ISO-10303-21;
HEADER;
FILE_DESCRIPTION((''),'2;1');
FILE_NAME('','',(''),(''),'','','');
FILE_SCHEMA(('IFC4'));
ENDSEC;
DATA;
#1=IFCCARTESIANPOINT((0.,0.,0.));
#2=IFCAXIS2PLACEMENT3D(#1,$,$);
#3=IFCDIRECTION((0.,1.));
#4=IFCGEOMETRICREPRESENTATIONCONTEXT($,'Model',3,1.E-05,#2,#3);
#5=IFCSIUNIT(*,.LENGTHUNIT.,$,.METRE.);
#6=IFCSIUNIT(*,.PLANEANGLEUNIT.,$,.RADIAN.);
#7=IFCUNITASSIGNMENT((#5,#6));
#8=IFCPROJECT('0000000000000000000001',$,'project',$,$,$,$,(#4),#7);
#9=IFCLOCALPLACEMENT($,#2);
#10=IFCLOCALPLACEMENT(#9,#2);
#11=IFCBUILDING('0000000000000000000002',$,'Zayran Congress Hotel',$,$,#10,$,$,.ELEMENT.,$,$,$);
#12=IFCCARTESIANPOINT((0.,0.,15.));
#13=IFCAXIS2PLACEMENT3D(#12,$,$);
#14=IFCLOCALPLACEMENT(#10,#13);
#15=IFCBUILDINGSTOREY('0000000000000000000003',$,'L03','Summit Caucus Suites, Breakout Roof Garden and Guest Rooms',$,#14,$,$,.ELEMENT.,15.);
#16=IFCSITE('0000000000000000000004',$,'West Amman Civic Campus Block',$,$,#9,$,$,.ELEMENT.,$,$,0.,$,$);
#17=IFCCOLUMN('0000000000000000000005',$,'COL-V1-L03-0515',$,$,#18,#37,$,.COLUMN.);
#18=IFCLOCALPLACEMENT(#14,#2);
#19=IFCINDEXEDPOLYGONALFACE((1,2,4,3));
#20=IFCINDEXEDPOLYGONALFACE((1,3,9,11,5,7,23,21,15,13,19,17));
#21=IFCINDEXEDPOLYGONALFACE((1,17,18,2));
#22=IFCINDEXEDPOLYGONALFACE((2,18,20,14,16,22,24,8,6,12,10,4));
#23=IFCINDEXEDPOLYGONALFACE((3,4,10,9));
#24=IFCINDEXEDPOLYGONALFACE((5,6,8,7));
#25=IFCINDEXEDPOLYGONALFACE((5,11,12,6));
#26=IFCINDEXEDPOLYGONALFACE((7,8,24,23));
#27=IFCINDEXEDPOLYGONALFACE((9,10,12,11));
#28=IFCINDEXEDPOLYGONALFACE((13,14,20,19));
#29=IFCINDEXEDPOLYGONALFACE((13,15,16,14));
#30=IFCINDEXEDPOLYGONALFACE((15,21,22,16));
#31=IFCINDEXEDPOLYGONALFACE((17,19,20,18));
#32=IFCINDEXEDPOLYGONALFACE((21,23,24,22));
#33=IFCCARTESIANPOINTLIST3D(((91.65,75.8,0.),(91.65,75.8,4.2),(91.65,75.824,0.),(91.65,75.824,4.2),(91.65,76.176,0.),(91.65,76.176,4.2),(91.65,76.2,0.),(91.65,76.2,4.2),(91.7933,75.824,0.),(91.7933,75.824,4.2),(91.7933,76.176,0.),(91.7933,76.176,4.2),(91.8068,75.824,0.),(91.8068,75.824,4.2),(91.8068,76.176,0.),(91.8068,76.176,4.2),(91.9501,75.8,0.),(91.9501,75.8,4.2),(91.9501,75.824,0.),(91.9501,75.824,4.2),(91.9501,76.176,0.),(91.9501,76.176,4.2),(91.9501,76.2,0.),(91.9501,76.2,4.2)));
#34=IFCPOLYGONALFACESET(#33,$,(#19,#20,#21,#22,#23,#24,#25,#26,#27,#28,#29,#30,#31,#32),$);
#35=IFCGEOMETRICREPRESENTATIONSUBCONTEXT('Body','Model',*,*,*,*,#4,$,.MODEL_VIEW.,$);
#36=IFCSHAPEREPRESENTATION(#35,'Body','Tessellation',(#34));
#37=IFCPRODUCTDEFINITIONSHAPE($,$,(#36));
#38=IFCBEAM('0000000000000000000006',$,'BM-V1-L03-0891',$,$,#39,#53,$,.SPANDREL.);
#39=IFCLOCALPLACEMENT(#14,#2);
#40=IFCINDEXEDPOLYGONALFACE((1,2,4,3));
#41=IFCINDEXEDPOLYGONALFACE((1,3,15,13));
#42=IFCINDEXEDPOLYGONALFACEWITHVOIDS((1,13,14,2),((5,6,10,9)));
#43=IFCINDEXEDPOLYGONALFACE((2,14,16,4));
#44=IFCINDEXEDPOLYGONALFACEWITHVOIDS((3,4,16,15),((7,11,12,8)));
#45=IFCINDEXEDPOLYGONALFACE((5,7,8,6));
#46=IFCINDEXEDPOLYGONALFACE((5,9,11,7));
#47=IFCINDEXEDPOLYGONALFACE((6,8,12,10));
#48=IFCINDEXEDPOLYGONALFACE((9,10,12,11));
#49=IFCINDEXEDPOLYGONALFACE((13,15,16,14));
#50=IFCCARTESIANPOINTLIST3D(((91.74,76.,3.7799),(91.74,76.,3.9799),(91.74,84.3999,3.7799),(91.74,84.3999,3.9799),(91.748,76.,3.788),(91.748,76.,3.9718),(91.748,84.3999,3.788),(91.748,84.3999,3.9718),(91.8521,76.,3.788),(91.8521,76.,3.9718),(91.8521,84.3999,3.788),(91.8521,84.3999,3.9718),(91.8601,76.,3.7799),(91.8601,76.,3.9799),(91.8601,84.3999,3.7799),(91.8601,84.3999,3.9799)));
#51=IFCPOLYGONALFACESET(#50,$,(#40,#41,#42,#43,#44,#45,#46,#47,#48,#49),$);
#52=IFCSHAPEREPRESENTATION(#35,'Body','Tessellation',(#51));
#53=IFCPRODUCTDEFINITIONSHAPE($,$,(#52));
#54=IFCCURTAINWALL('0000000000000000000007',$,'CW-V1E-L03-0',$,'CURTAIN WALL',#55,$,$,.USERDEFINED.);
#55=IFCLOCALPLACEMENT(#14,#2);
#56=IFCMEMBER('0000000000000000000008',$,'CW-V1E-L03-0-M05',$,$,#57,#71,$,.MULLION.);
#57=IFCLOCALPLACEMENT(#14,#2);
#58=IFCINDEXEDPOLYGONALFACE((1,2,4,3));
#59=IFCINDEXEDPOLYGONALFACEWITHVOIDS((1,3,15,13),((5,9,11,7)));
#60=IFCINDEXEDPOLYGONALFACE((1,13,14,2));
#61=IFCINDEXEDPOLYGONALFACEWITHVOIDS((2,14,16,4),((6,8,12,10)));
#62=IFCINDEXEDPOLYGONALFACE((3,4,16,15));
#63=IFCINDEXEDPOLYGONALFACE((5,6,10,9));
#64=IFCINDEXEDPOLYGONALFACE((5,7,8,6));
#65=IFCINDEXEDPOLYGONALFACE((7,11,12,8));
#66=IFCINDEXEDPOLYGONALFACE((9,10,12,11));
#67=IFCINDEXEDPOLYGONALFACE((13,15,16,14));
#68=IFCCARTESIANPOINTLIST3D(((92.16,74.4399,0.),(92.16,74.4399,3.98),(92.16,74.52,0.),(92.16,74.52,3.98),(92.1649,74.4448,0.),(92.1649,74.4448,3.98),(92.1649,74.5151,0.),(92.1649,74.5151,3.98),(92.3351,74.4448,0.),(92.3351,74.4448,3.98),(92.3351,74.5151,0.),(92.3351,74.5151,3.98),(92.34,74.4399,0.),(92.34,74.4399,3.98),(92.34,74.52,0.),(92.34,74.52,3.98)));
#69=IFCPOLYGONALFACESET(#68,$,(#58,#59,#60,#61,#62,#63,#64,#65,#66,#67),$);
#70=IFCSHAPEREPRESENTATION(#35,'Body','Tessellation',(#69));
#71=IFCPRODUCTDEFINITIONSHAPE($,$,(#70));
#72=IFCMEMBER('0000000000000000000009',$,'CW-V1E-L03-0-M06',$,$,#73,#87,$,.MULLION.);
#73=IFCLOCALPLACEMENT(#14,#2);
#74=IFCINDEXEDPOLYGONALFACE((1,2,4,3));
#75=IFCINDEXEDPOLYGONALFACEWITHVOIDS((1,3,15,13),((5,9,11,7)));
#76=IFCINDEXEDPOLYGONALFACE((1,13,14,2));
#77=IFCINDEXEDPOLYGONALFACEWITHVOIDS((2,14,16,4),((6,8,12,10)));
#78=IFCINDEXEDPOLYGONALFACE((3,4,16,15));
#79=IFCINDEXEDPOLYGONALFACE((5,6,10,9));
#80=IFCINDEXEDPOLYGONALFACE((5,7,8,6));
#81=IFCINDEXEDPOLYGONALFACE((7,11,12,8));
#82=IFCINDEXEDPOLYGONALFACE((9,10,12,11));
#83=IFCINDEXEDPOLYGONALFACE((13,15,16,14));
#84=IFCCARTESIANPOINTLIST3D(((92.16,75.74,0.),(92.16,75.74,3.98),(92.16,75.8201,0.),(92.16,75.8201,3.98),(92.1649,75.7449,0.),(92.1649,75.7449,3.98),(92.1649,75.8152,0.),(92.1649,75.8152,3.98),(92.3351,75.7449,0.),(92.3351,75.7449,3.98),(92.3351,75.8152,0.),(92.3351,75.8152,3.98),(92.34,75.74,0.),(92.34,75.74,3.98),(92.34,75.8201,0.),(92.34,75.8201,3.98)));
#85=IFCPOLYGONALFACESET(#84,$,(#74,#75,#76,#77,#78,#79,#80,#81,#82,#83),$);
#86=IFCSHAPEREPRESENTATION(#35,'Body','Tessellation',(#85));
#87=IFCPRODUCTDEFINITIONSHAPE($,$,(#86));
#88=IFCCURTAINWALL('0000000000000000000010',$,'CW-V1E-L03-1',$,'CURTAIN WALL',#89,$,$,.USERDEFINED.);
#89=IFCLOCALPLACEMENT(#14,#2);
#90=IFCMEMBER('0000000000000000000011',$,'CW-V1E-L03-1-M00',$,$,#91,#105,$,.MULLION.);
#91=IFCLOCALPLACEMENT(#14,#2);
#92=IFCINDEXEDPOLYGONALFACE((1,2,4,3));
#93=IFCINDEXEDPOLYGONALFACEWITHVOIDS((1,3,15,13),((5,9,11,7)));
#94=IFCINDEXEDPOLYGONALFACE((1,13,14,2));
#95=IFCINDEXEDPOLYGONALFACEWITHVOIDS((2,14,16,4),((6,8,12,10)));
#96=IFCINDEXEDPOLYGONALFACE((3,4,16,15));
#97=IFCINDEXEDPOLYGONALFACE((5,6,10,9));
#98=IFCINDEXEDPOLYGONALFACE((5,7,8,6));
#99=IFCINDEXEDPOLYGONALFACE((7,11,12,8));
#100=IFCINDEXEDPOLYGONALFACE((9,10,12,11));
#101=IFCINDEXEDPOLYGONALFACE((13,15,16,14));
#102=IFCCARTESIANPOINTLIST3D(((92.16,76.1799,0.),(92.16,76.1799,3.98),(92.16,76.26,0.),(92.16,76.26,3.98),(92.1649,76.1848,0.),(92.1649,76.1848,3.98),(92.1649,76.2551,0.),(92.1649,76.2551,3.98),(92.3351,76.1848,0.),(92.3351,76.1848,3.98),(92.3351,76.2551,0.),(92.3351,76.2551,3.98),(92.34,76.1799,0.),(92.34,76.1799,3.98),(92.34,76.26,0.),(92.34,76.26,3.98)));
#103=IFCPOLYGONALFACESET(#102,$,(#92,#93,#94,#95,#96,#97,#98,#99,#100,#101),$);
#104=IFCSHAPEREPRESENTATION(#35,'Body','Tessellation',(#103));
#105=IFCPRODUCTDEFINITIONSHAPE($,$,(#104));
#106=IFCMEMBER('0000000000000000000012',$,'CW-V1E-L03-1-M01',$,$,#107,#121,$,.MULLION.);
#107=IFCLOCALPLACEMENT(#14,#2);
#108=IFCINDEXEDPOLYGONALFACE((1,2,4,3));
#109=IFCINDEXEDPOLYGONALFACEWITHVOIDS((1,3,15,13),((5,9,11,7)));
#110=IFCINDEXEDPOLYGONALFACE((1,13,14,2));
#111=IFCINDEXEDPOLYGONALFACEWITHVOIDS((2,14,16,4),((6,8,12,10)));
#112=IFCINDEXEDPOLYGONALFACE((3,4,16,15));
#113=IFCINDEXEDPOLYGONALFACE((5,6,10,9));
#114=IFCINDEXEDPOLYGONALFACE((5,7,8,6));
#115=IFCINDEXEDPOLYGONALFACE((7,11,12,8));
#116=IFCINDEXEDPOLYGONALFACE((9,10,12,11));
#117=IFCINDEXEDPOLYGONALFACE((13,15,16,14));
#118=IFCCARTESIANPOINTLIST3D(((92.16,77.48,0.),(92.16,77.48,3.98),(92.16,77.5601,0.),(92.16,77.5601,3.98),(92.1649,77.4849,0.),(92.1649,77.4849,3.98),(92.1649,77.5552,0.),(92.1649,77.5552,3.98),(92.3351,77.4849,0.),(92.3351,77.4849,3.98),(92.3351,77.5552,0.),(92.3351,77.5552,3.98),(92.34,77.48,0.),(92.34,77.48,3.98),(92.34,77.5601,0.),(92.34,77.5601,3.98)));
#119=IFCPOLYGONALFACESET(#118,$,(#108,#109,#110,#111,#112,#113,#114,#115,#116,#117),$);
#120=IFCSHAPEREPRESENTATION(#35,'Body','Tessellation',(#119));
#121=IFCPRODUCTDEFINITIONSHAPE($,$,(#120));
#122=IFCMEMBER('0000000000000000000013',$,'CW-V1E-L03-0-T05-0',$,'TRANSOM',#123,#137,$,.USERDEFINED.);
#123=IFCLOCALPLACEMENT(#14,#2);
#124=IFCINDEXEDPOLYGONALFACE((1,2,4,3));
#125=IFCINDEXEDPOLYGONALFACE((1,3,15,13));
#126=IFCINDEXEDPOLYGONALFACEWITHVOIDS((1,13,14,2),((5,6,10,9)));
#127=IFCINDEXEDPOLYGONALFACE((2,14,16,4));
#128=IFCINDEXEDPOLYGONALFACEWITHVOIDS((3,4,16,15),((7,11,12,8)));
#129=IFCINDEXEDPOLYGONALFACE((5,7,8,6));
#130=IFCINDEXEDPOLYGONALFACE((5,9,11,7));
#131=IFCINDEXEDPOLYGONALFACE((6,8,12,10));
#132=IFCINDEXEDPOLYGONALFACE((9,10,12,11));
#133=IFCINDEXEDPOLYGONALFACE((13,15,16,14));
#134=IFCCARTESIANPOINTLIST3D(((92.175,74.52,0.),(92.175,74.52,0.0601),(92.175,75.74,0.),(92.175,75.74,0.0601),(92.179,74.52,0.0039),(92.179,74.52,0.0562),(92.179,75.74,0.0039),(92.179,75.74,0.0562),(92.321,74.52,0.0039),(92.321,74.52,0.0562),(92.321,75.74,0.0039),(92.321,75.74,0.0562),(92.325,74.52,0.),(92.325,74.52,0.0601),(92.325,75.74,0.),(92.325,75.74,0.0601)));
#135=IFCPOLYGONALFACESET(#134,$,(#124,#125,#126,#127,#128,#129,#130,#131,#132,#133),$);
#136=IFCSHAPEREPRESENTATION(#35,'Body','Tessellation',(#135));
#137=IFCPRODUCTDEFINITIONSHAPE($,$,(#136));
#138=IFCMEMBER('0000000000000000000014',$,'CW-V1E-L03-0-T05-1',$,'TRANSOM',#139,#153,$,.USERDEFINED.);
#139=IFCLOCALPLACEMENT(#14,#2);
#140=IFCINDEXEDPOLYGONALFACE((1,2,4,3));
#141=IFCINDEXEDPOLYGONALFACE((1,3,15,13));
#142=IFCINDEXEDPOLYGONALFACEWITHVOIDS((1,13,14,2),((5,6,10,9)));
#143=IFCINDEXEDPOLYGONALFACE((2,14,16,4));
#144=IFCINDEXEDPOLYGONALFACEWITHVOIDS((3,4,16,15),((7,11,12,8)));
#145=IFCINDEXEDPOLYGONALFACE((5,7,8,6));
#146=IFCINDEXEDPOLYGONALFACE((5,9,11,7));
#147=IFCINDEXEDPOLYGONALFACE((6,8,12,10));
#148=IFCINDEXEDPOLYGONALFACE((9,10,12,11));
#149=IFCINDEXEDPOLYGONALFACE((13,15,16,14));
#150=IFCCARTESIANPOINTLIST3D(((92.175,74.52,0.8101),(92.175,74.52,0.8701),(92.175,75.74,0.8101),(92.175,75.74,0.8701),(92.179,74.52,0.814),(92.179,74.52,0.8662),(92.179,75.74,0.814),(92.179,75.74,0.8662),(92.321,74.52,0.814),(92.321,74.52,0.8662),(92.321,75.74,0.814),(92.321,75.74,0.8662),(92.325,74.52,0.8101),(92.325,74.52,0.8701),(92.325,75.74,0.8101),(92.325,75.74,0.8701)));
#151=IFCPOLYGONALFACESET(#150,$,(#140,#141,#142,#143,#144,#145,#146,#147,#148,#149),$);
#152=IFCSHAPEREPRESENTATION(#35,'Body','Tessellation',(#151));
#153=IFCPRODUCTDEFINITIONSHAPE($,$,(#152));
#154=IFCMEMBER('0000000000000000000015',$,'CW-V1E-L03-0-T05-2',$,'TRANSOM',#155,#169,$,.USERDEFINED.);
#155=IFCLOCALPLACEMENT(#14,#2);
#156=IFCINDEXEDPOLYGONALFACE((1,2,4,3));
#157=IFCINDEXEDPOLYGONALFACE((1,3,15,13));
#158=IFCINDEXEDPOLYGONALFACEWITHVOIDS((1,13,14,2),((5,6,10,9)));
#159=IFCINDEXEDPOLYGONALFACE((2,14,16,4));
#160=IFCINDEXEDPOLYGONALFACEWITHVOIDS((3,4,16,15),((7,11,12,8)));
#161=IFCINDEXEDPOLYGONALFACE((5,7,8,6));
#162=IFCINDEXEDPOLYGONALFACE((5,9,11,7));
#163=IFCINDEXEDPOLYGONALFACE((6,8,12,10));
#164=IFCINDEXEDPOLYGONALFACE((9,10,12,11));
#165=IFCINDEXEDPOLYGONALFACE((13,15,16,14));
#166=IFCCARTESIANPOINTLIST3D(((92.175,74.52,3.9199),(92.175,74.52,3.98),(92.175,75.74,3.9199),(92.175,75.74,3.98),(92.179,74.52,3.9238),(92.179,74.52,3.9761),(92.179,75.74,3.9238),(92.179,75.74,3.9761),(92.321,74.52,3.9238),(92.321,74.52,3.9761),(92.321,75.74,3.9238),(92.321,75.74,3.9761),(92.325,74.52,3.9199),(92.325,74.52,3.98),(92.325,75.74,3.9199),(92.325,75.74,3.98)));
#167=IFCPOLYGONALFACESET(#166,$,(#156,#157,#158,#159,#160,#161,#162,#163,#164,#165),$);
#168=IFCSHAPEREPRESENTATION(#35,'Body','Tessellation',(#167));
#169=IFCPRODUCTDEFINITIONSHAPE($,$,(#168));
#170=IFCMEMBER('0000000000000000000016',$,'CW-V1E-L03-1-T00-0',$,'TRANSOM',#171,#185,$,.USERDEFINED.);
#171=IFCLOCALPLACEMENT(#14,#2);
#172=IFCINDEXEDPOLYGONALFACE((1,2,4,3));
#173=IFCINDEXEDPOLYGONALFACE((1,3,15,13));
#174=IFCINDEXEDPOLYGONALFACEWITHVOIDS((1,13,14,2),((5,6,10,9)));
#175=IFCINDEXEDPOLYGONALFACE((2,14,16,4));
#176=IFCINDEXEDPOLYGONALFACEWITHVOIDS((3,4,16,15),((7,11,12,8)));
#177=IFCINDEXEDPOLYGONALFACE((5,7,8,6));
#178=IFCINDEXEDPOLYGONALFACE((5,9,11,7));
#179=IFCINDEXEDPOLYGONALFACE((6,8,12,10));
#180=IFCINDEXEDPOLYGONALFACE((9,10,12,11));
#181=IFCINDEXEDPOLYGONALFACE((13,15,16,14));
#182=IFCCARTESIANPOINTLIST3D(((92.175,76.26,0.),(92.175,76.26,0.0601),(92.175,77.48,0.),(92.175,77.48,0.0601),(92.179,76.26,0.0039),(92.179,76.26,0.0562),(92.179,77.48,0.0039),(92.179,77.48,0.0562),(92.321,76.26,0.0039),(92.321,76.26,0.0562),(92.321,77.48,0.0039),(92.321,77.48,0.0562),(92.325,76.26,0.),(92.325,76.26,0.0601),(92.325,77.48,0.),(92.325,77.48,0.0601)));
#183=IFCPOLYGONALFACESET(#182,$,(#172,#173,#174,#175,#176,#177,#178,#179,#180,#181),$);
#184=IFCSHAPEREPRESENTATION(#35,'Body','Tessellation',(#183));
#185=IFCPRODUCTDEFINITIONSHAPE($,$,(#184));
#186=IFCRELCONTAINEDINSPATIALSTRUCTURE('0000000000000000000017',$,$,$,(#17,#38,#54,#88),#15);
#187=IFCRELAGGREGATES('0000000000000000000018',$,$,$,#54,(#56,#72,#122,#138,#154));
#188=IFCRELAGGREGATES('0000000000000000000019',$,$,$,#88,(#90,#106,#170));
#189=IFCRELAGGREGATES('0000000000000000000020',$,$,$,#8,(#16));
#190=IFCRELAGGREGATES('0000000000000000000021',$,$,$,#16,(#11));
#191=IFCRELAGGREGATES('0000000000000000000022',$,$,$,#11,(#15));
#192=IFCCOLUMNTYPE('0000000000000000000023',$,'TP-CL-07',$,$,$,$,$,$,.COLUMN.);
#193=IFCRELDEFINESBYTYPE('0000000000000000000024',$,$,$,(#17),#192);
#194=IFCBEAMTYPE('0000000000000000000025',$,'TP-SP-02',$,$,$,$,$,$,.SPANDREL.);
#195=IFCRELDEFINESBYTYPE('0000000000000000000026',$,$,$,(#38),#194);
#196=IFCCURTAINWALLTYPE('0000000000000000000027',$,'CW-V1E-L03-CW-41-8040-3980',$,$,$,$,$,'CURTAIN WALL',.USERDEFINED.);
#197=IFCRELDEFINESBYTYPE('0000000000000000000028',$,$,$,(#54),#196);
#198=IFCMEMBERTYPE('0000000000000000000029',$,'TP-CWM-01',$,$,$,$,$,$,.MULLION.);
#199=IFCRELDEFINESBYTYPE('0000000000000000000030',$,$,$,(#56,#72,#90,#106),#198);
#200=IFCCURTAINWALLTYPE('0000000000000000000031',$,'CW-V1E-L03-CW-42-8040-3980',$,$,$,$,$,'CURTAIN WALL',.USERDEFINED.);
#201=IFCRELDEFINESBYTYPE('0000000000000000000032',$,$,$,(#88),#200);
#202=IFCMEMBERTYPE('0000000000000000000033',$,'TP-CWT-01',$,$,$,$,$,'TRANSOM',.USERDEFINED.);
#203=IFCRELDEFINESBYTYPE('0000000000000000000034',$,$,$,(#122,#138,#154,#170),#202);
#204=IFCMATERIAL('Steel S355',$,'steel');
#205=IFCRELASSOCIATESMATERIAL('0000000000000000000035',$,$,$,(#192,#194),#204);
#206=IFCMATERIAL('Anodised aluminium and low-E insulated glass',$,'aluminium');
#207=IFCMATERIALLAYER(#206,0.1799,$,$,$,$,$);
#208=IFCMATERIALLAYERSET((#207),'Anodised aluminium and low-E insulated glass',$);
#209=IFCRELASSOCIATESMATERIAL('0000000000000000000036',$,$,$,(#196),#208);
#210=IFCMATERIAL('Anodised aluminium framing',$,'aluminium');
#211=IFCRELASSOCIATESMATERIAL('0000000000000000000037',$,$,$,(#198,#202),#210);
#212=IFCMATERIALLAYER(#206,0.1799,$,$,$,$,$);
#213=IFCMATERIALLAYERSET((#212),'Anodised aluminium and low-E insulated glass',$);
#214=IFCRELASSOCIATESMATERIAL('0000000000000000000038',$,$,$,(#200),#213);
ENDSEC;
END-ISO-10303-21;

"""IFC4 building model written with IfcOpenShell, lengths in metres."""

from ifc_helpers import new_model, si_unit, direction, frame, origin, origin_2d, place, context, subcontext, project, spatial, hollow_rectangle, i_section, extrude, material, layer, layer_set, material_profile, profile_set, type_object, element, aggregate, save


model = new_model("IFC4")

# Units and contexts
model_context = context("Model", 3, precision=1e-05, world=origin(), true_north=direction((0.0, 1.0)))
body_context = subcontext(model_context, "Body", "Model", "MODEL_VIEW")
ifc_project = project(units=[si_unit("LENGTHUNIT", "METRE"), si_unit("PLANEANGLEUNIT", "RADIAN")], contexts=[model_context])

# Site, building, storey
site_placement = place(None, origin())
site = spatial("IfcSite", under=ifc_project, at=site_placement, Name="West Amman Civic Campus Block", CompositionType="ELEMENT", RefElevation=0.0)
building_placement = place(site_placement, origin())
building = spatial("IfcBuilding", under=site, at=building_placement, Name="Zayran Congress Hotel", CompositionType="ELEMENT")
storey_placement = place(building_placement, frame((0.0, 0.0, 15.0)))
storey = spatial("IfcBuildingStorey", under=building, at=storey_placement, Name="L03", Description="Summit Caucus Suites, Breakout Roof Garden and Guest Rooms", CompositionType="ELEMENT", Elevation=15.0)

# Column
ifc_material_1 = material(Name="Steel S355", Category="steel")
ifc_material_profile_1 = material_profile(ifc_material_1, i_section(OverallWidth=0.3, OverallDepth=0.3999, WebThickness=0.0134, FlangeThickness=0.0239, at=origin_2d()), Name="HEB 400")
ifc_profile_set_1 = profile_set([ifc_material_profile_1], Name="Steel S355")
column_type = type_object("IfcColumnType", Name="TP-CL-07", PredefinedType="COLUMN", material=ifc_profile_set_1)
column_placement = place(storey_placement, frame((91.8, 76.0, 0.0), z_axis=(0.0, 0.0, 1.0), x_axis=(1.0, 0.0, 0.0)))
element("IfcColumn", 1, at=column_placement, inside=storey, type_object=column_type, Name="COL-V1-L03-0515", PredefinedType="COLUMN", context=body_context, shape_type="SweptSolid", body=[
    extrude(i_section(OverallWidth=0.3, OverallDepth=0.3999, WebThickness=0.0134, FlangeThickness=0.0239, at=origin_2d()), origin(), (0.0, 0.0, 1.0), 4.2),
])

# Beam
ifc_material_profile_2 = material_profile(ifc_material_1, hollow_rectangle(XDim=0.1201, YDim=0.2, WallThickness=0.0081, at=origin_2d()), Name="RHS 200x120x8")
ifc_profile_set_2 = profile_set([ifc_material_profile_2], Name="Steel S355")
beam_type = type_object("IfcBeamType", Name="TP-SP-02", PredefinedType="SPANDREL", material=ifc_profile_set_2)
beam_placement = place(storey_placement, frame((91.8, 76.0, 3.8799), z_axis=(0.0, 1.0, 0.0), x_axis=(-1.0, 0.0, 0.0)))
element("IfcBeam", 2, at=beam_placement, inside=storey, type_object=beam_type, Name="BM-V1-L03-0891", PredefinedType="SPANDREL", context=body_context, shape_type="SweptSolid", body=[
    extrude(hollow_rectangle(XDim=0.1201, YDim=0.2, WallThickness=0.0081, at=origin_2d()), origin(), (0.0, 0.0, 1.0), 8.3999),
])

# Curtain walls, members
ifc_material_2 = material(Name="Anodised aluminium and low-E insulated glass", Category="aluminium")
ifc_layer_1 = layer(ifc_material_2, 0.1799)
ifc_layer_set_1 = layer_set([ifc_layer_1], Name="Anodised aluminium and low-E insulated glass")
curtain_wall_type_1 = type_object("IfcCurtainWallType", Name="CW-V1E-L03-CW-41-8040-3980", ElementType="CURTAIN WALL", PredefinedType="USERDEFINED", material=ifc_layer_set_1)
curtain_wall_1_placement = place(storey_placement, origin())
curtain_wall_1 = element("IfcCurtainWall", 3, at=curtain_wall_1_placement, inside=storey, type_object=curtain_wall_type_1, Name="CW-V1E-L03-0", ObjectType="CURTAIN WALL", PredefinedType="USERDEFINED")
ifc_material_3 = material(Name="Anodised aluminium framing", Category="aluminium")
ifc_material_profile_3 = material_profile(ifc_material_3, hollow_rectangle(XDim=0.0801, YDim=0.1799, WallThickness=0.0049, at=origin_2d()), Name="RHS 180x80x5")
ifc_profile_set_3 = profile_set([ifc_material_profile_3], Name="Anodised aluminium framing")
member_type_1 = type_object("IfcMemberType", Name="TP-CWM-01", PredefinedType="MULLION", material=ifc_profile_set_3)
member_1_placement = place(storey_placement, frame((92.25, 74.48, 0.0), z_axis=(0.0, 0.0, 1.0), x_axis=(0.0, 1.0, 0.0)))
member_1 = element("IfcMember", 4, at=member_1_placement, type_object=member_type_1, Name="CW-V1E-L03-0-M05", PredefinedType="MULLION", context=body_context, shape_type="SweptSolid", body=[
    extrude(hollow_rectangle(XDim=0.0801, YDim=0.1799, WallThickness=0.0049, at=origin_2d()), origin(), (0.0, 0.0, 1.0), 3.98),
])
member_2_placement = place(storey_placement, frame((92.25, 75.78, 0.0), z_axis=(0.0, 0.0, 1.0), x_axis=(0.0, 1.0, 0.0)))
member_2 = element("IfcMember", 5, at=member_2_placement, type_object=member_type_1, Name="CW-V1E-L03-0-M06", PredefinedType="MULLION", context=body_context, shape_type="SweptSolid", body=[
    extrude(hollow_rectangle(XDim=0.0801, YDim=0.1799, WallThickness=0.0049, at=origin_2d()), origin(), (0.0, 0.0, 1.0), 3.98),
])
ifc_layer_2 = layer(ifc_material_2, 0.1799)
ifc_layer_set_2 = layer_set([ifc_layer_2], Name="Anodised aluminium and low-E insulated glass")
curtain_wall_type_2 = type_object("IfcCurtainWallType", Name="CW-V1E-L03-CW-42-8040-3980", ElementType="CURTAIN WALL", PredefinedType="USERDEFINED", material=ifc_layer_set_2)
curtain_wall_2_placement = place(storey_placement, origin())
curtain_wall_2 = element("IfcCurtainWall", 6, at=curtain_wall_2_placement, inside=storey, type_object=curtain_wall_type_2, Name="CW-V1E-L03-1", ObjectType="CURTAIN WALL", PredefinedType="USERDEFINED")
member_3_placement = place(storey_placement, frame((92.25, 76.22, 0.0), z_axis=(0.0, 0.0, 1.0), x_axis=(0.0, 1.0, 0.0)))
member_3 = element("IfcMember", 7, at=member_3_placement, type_object=member_type_1, Name="CW-V1E-L03-1-M00", PredefinedType="MULLION", context=body_context, shape_type="SweptSolid", body=[
    extrude(hollow_rectangle(XDim=0.0801, YDim=0.1799, WallThickness=0.0049, at=origin_2d()), origin(), (0.0, 0.0, 1.0), 3.98),
])
member_4_placement = place(storey_placement, frame((92.25, 77.52, 0.0), z_axis=(0.0, 0.0, 1.0), x_axis=(0.0, 1.0, 0.0)))
member_4 = element("IfcMember", 8, at=member_4_placement, type_object=member_type_1, Name="CW-V1E-L03-1-M01", PredefinedType="MULLION", context=body_context, shape_type="SweptSolid", body=[
    extrude(hollow_rectangle(XDim=0.0801, YDim=0.1799, WallThickness=0.0049, at=origin_2d()), origin(), (0.0, 0.0, 1.0), 3.98),
])

# Members
ifc_material_profile_4 = material_profile(ifc_material_3, hollow_rectangle(XDim=0.0601, YDim=0.1499, WallThickness=0.0039, at=origin_2d()), Name="RHS 150x60x4")
ifc_profile_set_4 = profile_set([ifc_material_profile_4], Name="Anodised aluminium framing")
member_type_2 = type_object("IfcMemberType", Name="TP-CWT-01", ElementType="TRANSOM", PredefinedType="USERDEFINED", material=ifc_profile_set_4)
member_5_placement = place(storey_placement, frame((92.25, 74.52, 0.03), z_axis=(0.0, 1.0, 0.0), x_axis=(0.0, 0.0, 1.0)))
member_5 = element("IfcMember", 9, at=member_5_placement, type_object=member_type_2, Name="CW-V1E-L03-0-T05-0", ObjectType="TRANSOM", PredefinedType="USERDEFINED", context=body_context, shape_type="SweptSolid", body=[
    extrude(hollow_rectangle(XDim=0.0601, YDim=0.1499, WallThickness=0.0039, at=origin_2d()), origin(), (0.0, 0.0, 1.0), 1.22),
])
member_6_placement = place(storey_placement, frame((92.25, 74.52, 0.8401), z_axis=(0.0, 1.0, 0.0), x_axis=(0.0, 0.0, 1.0)))
member_6 = element("IfcMember", 10, at=member_6_placement, type_object=member_type_2, Name="CW-V1E-L03-0-T05-1", ObjectType="TRANSOM", PredefinedType="USERDEFINED", context=body_context, shape_type="SweptSolid", body=[
    extrude(hollow_rectangle(XDim=0.0601, YDim=0.1499, WallThickness=0.0039, at=origin_2d()), origin(), (0.0, 0.0, 1.0), 1.22),
])
member_7_placement = place(storey_placement, frame((92.25, 74.52, 3.95), z_axis=(0.0, 1.0, 0.0), x_axis=(0.0, 0.0, 1.0)))
member_7 = element("IfcMember", 11, at=member_7_placement, type_object=member_type_2, Name="CW-V1E-L03-0-T05-2", ObjectType="TRANSOM", PredefinedType="USERDEFINED", context=body_context, shape_type="SweptSolid", body=[
    extrude(hollow_rectangle(XDim=0.0601, YDim=0.1499, WallThickness=0.0039, at=origin_2d()), origin(), (0.0, 0.0, 1.0), 1.22),
])
member_8_placement = place(storey_placement, frame((92.25, 76.26, 0.03), z_axis=(0.0, 1.0, 0.0), x_axis=(0.0, 0.0, 1.0)))
member_8 = element("IfcMember", 12, at=member_8_placement, type_object=member_type_2, Name="CW-V1E-L03-1-T00-0", ObjectType="TRANSOM", PredefinedType="USERDEFINED", context=body_context, shape_type="SweptSolid", body=[
    extrude(hollow_rectangle(XDim=0.0601, YDim=0.1499, WallThickness=0.0039, at=origin_2d()), origin(), (0.0, 0.0, 1.0), 1.22),
])

aggregate(curtain_wall_1, [member_1, member_2, member_5, member_6, member_7])
aggregate(curtain_wall_2, [member_3, member_4, member_8])

save(model, "model.ifc")
